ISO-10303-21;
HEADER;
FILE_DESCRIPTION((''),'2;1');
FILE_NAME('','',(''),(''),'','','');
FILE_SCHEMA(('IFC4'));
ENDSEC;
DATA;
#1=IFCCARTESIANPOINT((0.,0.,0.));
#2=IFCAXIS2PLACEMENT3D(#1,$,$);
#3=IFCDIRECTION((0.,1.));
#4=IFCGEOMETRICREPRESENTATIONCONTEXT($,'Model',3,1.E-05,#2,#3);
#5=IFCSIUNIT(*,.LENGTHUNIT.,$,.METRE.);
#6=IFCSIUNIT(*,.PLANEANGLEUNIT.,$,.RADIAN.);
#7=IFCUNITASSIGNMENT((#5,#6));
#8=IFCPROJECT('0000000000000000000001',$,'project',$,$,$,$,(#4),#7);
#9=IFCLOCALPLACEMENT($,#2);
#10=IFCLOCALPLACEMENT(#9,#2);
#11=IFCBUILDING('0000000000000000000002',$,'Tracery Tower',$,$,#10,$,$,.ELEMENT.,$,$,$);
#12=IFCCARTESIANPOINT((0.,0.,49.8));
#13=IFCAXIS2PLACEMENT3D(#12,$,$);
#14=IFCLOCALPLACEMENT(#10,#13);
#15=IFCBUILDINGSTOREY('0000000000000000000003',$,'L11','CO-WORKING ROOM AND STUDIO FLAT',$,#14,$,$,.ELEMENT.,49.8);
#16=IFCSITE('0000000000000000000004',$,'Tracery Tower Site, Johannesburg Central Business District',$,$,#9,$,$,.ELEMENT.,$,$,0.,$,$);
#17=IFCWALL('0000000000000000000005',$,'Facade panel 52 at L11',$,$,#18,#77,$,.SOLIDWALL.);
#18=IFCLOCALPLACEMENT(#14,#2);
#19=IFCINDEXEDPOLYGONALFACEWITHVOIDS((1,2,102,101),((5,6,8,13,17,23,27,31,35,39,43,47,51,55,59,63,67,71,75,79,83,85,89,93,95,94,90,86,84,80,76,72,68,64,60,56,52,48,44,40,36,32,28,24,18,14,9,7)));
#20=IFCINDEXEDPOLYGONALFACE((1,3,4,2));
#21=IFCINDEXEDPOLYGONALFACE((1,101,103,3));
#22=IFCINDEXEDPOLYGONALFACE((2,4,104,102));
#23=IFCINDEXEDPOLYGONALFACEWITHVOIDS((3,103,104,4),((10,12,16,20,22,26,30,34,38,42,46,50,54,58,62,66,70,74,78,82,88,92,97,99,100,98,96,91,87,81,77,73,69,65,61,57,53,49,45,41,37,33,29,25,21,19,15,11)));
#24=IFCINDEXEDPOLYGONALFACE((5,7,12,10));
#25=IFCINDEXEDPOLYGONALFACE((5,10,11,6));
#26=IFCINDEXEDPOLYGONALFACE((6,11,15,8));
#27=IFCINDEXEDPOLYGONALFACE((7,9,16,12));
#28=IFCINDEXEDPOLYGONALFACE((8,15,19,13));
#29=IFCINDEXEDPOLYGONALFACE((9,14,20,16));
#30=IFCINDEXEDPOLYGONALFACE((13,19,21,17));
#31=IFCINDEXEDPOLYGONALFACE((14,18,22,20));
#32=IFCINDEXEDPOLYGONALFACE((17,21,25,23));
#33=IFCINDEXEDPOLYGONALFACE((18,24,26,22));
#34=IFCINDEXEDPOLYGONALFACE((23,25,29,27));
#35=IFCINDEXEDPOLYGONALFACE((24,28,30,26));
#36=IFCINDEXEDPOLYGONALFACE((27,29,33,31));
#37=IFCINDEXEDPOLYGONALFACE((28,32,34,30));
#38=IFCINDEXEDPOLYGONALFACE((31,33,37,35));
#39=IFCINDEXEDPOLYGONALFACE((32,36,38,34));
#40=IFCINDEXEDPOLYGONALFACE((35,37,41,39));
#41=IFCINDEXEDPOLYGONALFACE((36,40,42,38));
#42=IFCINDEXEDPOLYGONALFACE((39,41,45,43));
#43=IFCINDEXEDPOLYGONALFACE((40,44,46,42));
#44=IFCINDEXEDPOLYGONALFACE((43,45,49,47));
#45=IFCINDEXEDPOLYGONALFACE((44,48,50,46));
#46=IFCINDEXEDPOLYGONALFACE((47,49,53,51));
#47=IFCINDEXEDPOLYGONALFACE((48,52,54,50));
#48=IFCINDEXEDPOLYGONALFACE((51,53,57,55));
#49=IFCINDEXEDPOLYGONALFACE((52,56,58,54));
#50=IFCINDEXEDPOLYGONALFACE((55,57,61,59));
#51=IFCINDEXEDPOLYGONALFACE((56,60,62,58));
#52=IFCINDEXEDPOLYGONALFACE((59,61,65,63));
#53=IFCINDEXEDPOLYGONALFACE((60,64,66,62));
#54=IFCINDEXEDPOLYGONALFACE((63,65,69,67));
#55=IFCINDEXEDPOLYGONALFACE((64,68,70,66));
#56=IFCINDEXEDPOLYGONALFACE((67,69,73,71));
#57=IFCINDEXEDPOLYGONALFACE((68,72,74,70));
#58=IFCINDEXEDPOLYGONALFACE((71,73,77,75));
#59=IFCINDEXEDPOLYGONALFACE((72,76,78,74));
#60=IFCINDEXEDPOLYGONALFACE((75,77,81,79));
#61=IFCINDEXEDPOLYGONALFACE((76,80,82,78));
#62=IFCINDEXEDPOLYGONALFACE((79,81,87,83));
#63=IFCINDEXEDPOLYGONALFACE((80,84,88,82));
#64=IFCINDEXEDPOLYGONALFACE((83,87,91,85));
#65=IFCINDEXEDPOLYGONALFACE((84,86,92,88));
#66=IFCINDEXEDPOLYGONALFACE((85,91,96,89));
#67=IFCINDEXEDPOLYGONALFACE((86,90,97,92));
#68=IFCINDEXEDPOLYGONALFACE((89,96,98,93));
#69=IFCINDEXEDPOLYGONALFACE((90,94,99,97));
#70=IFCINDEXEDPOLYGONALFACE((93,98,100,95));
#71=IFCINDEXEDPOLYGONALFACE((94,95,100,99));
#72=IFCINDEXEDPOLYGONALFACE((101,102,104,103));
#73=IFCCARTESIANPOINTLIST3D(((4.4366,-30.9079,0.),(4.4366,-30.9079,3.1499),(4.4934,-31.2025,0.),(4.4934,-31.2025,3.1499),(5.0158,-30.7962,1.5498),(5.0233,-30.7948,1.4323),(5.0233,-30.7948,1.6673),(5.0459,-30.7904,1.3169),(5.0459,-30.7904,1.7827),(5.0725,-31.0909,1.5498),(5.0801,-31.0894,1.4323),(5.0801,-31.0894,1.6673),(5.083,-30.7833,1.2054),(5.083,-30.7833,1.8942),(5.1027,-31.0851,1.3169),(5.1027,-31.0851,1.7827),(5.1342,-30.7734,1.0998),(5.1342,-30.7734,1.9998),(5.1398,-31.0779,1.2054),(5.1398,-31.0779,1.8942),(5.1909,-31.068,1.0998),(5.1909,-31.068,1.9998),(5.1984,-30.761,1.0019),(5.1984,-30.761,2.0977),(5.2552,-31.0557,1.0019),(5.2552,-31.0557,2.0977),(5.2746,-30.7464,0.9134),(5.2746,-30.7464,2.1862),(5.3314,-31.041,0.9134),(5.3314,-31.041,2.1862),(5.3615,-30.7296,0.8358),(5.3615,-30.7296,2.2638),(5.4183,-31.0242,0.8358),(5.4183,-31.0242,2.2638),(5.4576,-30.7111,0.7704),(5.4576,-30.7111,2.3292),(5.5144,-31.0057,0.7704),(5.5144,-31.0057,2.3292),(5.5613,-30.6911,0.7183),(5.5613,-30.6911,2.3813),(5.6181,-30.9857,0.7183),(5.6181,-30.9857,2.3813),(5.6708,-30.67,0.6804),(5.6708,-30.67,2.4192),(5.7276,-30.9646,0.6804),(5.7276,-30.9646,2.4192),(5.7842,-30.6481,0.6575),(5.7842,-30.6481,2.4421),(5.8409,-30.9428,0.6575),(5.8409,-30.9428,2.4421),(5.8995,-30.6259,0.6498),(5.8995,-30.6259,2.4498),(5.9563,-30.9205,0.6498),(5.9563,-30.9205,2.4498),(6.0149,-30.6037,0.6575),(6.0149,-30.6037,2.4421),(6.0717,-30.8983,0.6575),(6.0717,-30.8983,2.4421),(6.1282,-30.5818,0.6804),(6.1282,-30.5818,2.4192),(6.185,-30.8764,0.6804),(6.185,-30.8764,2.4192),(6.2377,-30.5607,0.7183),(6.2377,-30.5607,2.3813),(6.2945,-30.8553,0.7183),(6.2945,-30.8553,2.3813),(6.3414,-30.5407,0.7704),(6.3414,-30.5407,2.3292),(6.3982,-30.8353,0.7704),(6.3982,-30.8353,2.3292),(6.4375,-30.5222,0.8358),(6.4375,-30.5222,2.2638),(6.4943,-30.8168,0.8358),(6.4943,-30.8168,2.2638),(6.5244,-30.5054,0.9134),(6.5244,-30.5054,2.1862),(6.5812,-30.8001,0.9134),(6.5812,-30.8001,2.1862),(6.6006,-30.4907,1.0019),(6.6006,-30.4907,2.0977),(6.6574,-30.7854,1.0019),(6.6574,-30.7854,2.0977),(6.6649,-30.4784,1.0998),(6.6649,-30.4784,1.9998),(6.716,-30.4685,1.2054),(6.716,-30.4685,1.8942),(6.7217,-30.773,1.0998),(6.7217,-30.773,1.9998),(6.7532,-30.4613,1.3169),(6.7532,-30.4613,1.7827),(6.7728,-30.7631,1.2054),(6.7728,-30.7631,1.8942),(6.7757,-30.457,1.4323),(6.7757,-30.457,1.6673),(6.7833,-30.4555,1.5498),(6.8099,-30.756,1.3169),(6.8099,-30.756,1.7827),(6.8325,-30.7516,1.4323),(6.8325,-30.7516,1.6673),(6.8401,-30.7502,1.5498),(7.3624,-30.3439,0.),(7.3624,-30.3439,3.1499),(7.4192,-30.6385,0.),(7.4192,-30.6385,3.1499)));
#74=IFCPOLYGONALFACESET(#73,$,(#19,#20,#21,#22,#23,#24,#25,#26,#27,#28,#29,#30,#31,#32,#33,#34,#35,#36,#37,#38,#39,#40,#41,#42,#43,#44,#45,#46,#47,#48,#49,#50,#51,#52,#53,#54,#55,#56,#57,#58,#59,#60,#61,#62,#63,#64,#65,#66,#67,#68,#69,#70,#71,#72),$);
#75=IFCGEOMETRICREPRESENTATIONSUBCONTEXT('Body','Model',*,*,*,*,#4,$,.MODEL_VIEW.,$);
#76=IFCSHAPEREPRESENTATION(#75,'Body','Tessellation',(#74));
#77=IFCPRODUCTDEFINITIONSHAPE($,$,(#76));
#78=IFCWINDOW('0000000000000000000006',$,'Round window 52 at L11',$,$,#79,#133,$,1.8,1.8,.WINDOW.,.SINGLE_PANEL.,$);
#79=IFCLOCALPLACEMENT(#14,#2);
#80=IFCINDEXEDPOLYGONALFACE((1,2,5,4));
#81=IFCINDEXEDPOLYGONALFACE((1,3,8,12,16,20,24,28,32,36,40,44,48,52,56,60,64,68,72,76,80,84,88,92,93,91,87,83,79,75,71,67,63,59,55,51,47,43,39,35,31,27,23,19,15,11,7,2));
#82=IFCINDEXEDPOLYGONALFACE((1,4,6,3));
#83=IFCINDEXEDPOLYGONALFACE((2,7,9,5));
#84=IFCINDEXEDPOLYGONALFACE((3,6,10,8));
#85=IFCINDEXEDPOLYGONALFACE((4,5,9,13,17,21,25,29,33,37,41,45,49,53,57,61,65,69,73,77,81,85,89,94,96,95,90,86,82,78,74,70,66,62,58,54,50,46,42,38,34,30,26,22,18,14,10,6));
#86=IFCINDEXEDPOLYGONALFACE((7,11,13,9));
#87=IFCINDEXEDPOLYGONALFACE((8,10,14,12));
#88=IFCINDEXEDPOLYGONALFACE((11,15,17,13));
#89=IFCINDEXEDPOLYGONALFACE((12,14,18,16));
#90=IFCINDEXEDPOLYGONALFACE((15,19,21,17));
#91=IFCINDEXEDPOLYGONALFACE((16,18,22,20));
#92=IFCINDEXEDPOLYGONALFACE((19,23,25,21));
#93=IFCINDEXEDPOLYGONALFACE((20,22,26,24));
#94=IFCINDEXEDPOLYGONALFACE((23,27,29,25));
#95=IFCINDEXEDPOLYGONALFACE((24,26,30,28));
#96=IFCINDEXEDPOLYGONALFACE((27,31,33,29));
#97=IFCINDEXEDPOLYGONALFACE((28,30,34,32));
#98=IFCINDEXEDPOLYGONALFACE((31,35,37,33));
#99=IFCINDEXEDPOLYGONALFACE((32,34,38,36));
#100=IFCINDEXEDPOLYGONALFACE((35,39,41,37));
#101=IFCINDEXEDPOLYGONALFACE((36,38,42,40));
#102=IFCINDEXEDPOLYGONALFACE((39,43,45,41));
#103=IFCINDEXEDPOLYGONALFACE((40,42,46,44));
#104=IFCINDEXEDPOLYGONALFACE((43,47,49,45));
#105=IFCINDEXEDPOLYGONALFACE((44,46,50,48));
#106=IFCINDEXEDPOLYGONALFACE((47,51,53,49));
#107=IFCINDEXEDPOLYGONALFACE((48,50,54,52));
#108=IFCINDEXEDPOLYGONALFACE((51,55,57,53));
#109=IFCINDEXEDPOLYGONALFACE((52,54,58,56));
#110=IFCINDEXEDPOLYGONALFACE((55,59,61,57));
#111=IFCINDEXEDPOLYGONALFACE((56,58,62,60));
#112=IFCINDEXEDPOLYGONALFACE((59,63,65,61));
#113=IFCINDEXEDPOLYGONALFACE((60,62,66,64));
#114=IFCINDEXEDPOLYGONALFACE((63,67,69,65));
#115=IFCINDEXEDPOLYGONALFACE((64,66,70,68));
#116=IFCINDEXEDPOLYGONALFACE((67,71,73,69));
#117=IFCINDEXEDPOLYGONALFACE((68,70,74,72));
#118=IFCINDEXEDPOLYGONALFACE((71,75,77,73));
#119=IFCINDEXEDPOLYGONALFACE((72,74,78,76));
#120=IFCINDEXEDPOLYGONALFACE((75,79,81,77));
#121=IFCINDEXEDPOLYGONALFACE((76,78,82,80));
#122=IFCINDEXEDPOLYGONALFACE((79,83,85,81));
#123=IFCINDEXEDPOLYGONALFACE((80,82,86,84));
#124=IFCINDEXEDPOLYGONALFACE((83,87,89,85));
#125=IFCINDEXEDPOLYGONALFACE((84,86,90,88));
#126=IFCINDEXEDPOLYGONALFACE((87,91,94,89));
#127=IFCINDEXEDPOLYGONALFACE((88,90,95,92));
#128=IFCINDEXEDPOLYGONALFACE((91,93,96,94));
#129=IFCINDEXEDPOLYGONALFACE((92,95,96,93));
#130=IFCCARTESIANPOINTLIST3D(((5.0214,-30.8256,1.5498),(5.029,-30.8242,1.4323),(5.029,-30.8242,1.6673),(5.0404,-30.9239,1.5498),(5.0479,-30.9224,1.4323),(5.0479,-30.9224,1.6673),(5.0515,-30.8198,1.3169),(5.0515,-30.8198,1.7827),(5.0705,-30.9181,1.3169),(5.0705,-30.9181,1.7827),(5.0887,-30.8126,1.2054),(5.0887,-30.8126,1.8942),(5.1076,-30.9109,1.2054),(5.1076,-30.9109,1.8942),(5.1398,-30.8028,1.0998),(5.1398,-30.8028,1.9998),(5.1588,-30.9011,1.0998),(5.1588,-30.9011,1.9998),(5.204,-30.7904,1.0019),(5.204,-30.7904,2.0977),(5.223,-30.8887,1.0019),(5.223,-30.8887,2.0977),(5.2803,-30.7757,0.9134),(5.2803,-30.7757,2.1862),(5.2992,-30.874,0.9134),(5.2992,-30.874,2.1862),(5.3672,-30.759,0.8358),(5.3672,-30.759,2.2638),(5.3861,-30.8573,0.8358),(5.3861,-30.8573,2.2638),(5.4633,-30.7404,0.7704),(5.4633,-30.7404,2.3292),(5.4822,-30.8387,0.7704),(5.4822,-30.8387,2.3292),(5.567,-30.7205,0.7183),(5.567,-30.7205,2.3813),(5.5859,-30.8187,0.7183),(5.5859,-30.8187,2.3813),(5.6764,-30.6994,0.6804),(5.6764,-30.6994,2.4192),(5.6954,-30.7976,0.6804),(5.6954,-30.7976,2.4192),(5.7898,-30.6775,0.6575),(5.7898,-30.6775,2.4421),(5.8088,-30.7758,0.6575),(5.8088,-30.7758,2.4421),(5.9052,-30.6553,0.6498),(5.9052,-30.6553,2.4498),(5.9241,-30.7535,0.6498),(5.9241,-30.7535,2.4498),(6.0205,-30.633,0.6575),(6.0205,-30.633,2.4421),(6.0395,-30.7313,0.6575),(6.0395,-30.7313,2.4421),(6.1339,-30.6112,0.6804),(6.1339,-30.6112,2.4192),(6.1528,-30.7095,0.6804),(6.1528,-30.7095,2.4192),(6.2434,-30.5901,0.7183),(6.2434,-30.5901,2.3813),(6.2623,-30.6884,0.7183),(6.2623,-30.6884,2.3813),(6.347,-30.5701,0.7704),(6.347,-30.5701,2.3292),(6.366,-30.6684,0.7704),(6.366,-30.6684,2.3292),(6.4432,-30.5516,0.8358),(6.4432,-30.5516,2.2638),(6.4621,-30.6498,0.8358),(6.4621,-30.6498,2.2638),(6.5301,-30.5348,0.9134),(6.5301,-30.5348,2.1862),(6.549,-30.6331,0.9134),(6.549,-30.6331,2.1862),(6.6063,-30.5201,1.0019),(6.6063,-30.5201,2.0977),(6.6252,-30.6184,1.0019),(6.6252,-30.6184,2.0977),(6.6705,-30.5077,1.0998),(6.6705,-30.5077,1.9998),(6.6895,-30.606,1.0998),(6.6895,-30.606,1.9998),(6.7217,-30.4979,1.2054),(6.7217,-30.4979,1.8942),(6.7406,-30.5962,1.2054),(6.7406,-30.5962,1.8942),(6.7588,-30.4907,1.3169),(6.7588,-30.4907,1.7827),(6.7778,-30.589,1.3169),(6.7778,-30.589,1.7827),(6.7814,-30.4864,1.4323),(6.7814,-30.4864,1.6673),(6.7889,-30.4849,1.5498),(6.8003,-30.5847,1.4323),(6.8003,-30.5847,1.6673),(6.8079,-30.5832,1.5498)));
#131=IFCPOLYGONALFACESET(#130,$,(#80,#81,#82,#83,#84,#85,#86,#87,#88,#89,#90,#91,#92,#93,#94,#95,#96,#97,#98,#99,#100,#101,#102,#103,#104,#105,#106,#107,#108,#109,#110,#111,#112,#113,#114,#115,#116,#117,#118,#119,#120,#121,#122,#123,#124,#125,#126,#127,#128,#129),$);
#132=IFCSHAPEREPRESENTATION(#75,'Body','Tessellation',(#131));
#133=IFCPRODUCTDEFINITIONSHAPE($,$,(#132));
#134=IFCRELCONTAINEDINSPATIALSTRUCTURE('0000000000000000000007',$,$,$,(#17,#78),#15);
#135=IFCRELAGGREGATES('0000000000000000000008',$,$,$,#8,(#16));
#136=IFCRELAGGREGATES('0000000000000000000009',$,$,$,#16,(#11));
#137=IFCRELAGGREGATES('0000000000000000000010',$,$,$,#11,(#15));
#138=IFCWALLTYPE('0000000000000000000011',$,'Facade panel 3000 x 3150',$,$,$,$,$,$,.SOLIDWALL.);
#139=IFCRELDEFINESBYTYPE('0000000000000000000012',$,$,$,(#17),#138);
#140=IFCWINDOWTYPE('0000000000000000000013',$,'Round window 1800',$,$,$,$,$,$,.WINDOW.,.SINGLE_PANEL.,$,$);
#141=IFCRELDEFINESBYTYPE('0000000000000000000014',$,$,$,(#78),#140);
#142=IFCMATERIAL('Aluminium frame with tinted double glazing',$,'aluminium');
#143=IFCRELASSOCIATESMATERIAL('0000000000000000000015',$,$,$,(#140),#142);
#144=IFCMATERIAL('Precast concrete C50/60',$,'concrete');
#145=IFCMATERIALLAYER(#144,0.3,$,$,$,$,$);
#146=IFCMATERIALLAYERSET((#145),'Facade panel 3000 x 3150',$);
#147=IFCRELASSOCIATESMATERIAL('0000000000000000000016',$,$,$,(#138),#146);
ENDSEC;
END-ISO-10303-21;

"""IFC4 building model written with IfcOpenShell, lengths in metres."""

from ifc_helpers import new_model, si_unit, direction, frame, frame_2d, origin, origin_2d, place, context, subcontext, project, spatial, rectangle, circle, extrude, material, layer, layer_set, type_object, element, fill, save


model = new_model("IFC4")

# Units and contexts
model_context = context("Model", 3, precision=1e-05, world=origin(), true_north=direction((0.0, 1.0)))
body_context = subcontext(model_context, "Body", "Model", "MODEL_VIEW")
ifc_project = project(units=[si_unit("LENGTHUNIT", "METRE"), si_unit("PLANEANGLEUNIT", "RADIAN")], contexts=[model_context])

# Site, building, storey
site_placement = place(None, origin())
site = spatial("IfcSite", under=ifc_project, at=site_placement, Name="Tracery Tower Site, Johannesburg Central Business District", CompositionType="ELEMENT", RefElevation=0.0)
building_placement = place(site_placement, origin())
building = spatial("IfcBuilding", under=site, at=building_placement, Name="Tracery Tower", CompositionType="ELEMENT")
storey_placement = place(building_placement, frame((0.0, 0.0, 49.8)))
storey = spatial("IfcBuildingStorey", under=building, at=storey_placement, Name="L11", Description="CO-WORKING ROOM AND STUDIO FLAT", CompositionType="ELEMENT", Elevation=49.8)

# Wall, opening, window
ifc_material_1 = material(Name="Aluminium frame with tinted double glazing", Category="aluminium")
window_type = type_object("IfcWindowType", Name="Round window 1800", PartitioningType="SINGLE_PANEL", PredefinedType="WINDOW", material=ifc_material_1)
ifc_material_2 = material(Name="Precast concrete C50/60", Category="concrete")
ifc_layer_1 = layer(ifc_material_2, 0.3)
ifc_layer_set_1 = layer_set([ifc_layer_1], Name="Facade panel 3000 x 3150")
wall_type_1 = type_object("IfcWallType", Name="Facade panel 3000 x 3150", PredefinedType="SOLIDWALL", material=ifc_layer_set_1)
wall_1_placement = place(storey_placement, frame((4.4651, -31.0552, 0.0), z_axis=(0.0, 0.0, 1.0), x_axis=(0.981925, 0.189273, 0.0)))
wall_1 = element("IfcWall", 1, at=wall_1_placement, inside=storey, type_object=wall_type_1, Name="Facade panel 52 at L11", PredefinedType="SOLIDWALL", context=body_context, shape_type="SweptSolid", body=[
    extrude(rectangle(XDim=2.9797, YDim=0.3, at=frame_2d((1.4897, 0.0))), origin(), (0.0, 0.0, 1.0), 3.1499),
])
opening_1_placement = place(wall_1_placement, frame((1.4897, 0.0, 1.5498)))
opening_1 = element("IfcOpeningElement", 2, at=opening_1_placement, cuts=wall_1, PredefinedType="OPENING", context=body_context, shape_type="SweptSolid", body=[
    extrude(circle(Radius=0.9, at=origin_2d()), frame((0.0, 0.1599, 0.0), z_axis=(0.0, -1.0, 0.0), x_axis=(1.0, 0.0, 0.0)), (0.0, 0.0, 1.0), 0.3201),
])
window_1_placement = place(opening_1_placement, origin())
window_1 = element("IfcWindow", 3, at=window_1_placement, inside=storey, type_object=window_type, Name="Round window 52 at L11", OverallHeight=1.8, OverallWidth=1.8, PartitioningType="SINGLE_PANEL", PredefinedType="WINDOW", context=body_context, shape_type="SweptSolid", body=[
    extrude(circle(Radius=0.9, at=origin_2d()), frame((0.0, 0.1201, 0.0), z_axis=(0.0, -1.0, 0.0), x_axis=(1.0, 0.0, 0.0)), (0.0, 0.0, 1.0), 0.1001),
])
fill(opening_1, window_1)

save(model, "model.ifc")
